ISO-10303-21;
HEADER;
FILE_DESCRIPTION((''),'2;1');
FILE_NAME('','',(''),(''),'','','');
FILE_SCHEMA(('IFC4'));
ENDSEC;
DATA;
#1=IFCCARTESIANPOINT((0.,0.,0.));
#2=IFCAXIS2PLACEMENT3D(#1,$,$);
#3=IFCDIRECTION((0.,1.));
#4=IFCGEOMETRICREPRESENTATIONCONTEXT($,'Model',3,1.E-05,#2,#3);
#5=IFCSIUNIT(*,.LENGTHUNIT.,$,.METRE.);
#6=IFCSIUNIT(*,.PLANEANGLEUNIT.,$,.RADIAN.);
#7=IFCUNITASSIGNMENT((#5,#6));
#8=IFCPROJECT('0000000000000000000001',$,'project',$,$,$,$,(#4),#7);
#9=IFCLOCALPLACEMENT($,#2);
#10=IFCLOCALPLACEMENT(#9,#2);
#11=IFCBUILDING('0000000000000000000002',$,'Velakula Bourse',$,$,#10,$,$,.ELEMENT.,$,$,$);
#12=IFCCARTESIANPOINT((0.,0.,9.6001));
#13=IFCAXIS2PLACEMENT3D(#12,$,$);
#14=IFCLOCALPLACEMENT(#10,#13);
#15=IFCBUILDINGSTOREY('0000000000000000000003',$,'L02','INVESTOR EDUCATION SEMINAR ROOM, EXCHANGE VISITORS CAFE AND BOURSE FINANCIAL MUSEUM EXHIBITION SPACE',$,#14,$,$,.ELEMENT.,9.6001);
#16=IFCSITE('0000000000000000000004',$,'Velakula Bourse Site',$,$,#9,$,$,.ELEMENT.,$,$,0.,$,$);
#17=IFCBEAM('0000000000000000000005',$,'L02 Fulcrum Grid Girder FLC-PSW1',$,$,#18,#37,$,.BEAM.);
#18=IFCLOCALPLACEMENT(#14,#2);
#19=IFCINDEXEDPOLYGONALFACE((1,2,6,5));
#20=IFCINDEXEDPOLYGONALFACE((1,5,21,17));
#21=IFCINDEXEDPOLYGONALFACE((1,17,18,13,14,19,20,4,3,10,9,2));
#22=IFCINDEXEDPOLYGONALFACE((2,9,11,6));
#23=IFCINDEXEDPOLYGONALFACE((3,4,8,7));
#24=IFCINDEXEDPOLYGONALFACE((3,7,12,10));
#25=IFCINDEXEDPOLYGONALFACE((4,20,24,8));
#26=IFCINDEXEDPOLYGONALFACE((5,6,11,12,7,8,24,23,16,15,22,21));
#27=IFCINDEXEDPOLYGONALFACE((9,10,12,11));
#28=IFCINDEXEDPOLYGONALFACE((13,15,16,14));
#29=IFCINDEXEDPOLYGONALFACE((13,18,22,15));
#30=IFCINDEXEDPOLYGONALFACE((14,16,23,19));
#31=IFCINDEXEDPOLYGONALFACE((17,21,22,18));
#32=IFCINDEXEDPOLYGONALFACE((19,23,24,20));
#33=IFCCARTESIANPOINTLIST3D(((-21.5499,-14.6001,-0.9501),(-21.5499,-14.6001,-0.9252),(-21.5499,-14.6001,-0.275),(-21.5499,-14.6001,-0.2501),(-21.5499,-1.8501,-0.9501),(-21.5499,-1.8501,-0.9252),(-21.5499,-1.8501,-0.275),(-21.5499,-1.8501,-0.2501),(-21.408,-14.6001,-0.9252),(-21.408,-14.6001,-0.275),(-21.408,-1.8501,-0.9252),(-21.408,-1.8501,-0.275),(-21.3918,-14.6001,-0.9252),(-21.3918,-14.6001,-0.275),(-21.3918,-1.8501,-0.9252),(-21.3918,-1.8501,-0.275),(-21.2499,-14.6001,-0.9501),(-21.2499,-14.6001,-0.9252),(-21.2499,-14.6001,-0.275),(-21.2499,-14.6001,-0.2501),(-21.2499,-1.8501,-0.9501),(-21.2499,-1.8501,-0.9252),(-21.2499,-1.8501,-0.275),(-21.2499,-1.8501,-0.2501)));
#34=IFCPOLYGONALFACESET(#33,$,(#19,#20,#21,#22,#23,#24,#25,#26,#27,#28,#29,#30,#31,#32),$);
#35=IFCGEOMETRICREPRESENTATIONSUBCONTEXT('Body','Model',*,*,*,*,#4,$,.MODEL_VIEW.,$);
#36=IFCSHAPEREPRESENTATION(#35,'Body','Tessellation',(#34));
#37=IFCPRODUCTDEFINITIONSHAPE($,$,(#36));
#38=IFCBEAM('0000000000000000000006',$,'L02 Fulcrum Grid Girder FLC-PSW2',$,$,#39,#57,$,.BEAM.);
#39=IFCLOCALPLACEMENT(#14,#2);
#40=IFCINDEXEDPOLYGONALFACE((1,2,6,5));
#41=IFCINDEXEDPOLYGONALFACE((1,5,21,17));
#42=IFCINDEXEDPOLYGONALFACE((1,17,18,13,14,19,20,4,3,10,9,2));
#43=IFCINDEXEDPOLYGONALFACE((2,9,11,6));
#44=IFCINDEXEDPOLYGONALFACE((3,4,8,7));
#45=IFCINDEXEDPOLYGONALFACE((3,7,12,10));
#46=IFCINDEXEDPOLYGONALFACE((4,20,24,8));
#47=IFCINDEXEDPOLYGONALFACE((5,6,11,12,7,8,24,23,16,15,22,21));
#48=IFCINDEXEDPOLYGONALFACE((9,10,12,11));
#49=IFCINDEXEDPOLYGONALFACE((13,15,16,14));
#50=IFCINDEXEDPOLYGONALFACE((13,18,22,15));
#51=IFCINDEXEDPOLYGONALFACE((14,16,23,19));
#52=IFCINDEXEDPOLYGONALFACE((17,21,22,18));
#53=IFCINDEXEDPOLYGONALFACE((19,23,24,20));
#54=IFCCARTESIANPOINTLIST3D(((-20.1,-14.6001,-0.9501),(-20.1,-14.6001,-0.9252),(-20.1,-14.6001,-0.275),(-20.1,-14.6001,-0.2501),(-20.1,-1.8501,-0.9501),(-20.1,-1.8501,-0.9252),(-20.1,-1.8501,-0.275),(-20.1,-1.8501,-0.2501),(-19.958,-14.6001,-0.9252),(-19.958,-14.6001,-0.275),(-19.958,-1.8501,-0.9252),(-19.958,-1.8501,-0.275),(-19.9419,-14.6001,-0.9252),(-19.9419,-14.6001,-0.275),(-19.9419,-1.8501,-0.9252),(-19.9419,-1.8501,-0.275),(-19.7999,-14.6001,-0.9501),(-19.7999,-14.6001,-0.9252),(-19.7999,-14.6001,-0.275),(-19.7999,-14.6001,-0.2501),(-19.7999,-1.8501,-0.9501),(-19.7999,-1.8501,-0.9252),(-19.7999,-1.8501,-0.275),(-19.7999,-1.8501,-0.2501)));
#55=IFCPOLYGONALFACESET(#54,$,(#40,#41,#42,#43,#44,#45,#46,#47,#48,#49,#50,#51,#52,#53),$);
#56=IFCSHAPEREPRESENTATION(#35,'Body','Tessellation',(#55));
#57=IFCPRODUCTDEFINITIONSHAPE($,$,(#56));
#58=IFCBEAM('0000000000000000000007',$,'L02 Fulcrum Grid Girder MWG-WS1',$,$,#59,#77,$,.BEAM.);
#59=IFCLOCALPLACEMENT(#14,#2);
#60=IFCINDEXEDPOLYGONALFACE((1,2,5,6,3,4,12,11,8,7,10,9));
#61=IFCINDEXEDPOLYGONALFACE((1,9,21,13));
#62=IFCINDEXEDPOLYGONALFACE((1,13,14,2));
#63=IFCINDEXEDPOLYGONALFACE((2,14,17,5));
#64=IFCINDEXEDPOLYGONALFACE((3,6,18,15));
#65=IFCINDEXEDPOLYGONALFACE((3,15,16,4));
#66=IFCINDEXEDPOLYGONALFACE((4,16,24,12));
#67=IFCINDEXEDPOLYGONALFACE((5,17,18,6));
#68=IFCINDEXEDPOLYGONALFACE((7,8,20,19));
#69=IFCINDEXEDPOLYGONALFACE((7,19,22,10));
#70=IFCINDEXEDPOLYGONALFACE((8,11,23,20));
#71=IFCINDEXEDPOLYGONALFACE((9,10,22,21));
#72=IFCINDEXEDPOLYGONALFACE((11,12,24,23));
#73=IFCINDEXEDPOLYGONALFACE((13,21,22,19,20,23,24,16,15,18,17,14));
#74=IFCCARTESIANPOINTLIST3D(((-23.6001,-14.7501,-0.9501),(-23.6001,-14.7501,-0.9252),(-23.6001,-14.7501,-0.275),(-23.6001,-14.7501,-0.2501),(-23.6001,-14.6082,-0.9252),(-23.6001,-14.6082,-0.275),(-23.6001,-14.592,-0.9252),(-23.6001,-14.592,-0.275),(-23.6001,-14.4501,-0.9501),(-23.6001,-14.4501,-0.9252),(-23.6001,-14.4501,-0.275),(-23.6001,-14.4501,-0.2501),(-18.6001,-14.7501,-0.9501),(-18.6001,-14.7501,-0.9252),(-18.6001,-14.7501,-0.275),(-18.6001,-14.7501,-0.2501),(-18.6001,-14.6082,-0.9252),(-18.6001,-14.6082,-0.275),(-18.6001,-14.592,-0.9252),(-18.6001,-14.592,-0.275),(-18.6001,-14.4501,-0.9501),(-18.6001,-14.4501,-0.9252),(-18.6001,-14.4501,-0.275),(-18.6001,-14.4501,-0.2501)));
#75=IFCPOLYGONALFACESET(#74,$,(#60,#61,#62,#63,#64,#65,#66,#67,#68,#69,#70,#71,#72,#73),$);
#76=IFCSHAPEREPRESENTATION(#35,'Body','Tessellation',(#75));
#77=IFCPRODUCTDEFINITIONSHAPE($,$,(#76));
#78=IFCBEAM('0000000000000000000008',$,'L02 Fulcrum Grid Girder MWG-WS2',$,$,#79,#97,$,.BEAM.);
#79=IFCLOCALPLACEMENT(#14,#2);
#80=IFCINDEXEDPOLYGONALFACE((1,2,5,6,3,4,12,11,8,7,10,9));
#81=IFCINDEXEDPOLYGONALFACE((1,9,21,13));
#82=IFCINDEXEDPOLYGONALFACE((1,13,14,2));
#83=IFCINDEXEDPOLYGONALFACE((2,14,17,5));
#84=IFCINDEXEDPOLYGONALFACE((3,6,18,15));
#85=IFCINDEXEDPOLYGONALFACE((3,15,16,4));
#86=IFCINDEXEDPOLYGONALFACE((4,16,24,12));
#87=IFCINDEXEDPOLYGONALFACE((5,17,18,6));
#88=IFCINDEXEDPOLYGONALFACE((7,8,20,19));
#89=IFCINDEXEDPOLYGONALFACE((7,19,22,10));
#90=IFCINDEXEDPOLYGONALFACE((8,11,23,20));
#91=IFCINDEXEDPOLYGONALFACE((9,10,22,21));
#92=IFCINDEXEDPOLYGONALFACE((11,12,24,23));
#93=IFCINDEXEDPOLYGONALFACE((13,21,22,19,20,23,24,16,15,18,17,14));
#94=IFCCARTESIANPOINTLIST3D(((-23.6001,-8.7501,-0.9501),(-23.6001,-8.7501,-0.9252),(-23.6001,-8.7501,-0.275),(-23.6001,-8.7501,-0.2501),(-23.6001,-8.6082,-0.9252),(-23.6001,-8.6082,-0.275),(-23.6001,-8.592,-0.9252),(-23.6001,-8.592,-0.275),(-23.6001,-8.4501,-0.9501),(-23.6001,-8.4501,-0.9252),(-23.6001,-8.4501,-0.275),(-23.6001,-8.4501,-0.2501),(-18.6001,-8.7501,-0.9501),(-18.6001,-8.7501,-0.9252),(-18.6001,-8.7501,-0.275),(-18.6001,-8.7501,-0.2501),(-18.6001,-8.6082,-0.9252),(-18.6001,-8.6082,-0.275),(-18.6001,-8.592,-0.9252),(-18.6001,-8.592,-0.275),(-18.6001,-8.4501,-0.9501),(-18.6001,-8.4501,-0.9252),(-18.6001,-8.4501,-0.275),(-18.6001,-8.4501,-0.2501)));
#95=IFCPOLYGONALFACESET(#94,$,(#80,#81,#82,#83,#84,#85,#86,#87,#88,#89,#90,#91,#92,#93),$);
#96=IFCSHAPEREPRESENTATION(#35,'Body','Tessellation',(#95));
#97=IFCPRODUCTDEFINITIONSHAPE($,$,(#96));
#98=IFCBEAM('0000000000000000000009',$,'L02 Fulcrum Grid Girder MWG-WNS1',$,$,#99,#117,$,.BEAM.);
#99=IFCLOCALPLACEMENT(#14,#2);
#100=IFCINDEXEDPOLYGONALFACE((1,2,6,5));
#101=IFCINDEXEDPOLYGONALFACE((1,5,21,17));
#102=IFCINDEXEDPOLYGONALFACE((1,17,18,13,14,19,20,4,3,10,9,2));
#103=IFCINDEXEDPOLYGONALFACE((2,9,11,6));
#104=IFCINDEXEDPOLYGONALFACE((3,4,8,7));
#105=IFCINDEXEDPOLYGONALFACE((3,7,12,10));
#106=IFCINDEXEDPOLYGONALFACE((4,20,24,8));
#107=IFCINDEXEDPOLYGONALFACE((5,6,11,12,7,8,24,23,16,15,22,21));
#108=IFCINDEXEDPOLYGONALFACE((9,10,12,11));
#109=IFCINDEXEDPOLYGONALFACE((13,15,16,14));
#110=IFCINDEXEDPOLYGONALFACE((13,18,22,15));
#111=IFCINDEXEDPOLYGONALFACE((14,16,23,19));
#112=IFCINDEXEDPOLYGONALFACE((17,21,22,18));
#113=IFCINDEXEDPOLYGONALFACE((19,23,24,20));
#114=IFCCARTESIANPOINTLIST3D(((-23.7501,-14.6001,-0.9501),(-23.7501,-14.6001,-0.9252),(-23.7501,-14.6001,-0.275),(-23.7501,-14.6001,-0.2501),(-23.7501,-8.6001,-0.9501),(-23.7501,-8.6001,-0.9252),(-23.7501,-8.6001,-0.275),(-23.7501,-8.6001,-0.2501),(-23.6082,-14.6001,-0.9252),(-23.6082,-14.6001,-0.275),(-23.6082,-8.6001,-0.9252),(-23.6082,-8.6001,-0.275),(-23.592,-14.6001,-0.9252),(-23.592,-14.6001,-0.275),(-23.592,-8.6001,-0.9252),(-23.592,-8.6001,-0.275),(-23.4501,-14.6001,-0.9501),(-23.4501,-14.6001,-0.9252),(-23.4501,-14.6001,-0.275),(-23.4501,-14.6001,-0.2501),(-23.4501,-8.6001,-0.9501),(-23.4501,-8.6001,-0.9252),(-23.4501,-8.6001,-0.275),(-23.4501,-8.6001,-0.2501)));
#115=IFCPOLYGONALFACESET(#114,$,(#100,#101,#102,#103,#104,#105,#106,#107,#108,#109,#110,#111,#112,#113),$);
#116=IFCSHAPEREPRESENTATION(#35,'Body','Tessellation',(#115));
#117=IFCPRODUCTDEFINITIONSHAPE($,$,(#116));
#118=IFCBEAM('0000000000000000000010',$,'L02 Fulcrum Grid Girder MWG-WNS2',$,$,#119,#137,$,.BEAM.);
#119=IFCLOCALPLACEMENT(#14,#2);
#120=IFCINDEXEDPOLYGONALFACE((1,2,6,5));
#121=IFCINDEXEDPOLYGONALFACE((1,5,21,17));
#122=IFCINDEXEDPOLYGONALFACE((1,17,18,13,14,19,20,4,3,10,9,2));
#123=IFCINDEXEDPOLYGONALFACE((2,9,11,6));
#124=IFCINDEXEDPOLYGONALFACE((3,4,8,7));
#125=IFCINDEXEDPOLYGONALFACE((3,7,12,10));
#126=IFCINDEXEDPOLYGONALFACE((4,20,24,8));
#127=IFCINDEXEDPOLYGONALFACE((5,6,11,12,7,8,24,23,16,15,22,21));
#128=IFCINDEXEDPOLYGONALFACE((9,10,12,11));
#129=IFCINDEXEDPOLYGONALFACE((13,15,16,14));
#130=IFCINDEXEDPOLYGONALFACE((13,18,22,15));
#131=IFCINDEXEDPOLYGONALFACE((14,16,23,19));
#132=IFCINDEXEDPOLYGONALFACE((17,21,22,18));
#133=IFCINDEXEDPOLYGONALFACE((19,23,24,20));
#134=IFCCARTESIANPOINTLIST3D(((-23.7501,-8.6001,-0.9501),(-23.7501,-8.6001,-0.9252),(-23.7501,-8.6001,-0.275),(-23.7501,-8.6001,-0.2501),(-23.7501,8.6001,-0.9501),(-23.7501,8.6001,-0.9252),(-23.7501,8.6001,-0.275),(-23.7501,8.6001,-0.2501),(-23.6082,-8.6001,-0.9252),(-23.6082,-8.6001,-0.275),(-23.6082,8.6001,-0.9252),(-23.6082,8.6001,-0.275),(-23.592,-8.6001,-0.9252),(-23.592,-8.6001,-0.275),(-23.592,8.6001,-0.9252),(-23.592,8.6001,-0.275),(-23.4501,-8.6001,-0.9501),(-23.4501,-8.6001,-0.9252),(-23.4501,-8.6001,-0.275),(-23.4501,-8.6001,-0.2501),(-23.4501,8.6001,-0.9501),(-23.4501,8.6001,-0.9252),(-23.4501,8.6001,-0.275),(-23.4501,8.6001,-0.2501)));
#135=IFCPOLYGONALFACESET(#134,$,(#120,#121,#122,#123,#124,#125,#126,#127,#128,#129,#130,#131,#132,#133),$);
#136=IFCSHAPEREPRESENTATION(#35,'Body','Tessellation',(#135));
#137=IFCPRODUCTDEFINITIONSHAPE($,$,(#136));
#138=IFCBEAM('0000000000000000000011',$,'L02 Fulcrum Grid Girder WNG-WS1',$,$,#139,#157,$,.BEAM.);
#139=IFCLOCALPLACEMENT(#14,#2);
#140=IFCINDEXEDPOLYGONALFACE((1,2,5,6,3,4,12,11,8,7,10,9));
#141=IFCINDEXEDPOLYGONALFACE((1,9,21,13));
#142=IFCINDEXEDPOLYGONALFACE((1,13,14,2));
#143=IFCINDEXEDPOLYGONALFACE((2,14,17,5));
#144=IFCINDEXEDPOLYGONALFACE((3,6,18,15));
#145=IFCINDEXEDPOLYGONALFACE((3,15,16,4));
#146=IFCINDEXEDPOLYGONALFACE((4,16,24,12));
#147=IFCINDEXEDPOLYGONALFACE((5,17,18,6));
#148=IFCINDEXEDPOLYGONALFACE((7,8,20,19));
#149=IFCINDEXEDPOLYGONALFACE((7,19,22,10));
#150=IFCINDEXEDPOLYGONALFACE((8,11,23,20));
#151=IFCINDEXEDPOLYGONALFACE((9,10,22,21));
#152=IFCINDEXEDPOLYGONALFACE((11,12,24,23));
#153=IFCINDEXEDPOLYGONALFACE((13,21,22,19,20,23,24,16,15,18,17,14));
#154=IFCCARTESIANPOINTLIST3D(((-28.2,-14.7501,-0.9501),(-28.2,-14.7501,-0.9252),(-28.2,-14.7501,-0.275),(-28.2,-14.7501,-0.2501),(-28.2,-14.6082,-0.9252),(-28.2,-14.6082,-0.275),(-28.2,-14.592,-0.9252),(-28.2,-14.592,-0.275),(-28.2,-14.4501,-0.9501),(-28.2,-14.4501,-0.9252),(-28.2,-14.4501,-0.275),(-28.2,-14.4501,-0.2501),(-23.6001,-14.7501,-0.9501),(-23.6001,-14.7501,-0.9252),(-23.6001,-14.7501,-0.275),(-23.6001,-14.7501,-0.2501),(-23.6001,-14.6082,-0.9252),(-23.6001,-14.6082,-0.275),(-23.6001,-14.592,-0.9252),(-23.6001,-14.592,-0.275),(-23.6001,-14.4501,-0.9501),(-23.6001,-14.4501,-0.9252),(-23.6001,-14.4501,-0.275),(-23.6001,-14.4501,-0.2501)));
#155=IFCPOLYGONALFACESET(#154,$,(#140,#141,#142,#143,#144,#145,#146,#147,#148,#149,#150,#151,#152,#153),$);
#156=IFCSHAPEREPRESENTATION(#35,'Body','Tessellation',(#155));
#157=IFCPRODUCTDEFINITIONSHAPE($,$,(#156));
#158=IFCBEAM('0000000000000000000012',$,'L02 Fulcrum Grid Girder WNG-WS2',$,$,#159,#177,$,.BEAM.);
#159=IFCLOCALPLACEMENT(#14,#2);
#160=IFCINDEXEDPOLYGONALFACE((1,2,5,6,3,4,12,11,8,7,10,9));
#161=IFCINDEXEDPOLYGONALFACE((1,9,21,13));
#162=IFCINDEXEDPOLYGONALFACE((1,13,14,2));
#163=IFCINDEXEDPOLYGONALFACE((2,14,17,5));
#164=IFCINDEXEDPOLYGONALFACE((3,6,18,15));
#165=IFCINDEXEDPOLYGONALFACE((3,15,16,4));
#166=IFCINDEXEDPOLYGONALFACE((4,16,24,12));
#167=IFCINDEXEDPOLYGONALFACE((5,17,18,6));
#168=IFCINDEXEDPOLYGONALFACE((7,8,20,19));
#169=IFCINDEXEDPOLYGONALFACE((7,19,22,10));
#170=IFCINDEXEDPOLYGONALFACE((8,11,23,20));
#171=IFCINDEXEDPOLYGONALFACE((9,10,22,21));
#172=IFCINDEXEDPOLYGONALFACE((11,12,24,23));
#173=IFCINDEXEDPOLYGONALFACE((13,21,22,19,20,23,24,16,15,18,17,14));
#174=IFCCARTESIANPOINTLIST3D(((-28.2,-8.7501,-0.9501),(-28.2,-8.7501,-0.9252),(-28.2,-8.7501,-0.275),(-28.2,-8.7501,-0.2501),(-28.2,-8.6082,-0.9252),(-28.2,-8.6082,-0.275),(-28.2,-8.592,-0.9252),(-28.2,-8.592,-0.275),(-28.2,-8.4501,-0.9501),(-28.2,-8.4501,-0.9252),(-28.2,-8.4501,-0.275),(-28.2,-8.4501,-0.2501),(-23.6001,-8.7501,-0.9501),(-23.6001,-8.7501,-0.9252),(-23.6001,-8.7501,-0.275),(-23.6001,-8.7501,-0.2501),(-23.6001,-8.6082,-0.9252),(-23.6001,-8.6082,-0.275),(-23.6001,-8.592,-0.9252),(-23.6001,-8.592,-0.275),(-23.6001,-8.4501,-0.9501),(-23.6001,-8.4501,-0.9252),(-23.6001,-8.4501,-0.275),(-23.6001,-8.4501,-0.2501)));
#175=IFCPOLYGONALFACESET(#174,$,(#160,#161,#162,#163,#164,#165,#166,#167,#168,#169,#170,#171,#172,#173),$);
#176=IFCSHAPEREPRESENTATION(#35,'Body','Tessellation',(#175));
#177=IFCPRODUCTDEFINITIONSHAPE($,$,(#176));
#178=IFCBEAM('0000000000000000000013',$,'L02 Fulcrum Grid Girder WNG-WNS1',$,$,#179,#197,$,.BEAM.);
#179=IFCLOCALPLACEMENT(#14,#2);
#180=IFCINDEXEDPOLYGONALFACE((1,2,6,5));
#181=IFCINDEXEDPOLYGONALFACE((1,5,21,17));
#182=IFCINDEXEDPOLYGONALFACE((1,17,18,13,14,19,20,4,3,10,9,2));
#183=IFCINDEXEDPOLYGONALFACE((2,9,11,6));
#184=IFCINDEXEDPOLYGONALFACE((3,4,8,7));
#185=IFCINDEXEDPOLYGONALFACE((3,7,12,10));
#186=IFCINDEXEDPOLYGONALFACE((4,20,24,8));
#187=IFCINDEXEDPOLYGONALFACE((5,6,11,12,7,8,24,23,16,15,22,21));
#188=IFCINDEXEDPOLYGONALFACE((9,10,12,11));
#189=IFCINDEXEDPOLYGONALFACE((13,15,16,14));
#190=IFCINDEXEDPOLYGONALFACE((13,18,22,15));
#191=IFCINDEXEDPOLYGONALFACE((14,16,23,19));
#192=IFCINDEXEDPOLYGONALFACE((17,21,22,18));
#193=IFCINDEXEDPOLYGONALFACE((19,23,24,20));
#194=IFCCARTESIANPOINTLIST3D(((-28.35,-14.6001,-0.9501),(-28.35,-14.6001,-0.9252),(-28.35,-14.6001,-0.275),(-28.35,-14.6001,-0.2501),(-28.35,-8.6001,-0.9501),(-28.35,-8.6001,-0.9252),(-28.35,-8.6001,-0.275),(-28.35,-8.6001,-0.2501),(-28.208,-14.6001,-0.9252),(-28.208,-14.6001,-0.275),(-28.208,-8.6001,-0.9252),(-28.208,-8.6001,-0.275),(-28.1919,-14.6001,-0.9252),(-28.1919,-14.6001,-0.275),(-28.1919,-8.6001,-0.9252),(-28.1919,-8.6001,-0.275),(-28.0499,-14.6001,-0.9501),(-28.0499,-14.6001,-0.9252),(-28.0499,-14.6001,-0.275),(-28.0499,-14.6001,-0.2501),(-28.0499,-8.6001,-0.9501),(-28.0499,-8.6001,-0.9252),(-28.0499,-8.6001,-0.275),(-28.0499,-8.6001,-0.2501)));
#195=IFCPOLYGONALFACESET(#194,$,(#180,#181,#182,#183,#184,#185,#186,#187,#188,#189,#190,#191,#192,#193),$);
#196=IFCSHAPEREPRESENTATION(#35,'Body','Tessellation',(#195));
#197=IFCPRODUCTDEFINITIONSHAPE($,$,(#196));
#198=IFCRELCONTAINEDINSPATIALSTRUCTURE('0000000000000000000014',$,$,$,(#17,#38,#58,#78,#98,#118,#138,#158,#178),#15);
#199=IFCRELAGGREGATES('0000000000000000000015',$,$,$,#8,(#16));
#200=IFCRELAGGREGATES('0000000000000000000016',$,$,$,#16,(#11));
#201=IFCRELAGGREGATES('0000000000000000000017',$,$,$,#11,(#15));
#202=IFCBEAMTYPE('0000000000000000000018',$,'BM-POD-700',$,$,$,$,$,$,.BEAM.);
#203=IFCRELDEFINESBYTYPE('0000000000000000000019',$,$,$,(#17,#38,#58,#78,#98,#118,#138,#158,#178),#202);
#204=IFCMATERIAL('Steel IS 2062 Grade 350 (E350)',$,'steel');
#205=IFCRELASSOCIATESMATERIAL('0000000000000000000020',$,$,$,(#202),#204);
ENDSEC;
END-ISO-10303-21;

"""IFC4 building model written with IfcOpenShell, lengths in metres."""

from ifc_helpers import new_model, si_unit, direction, frame, origin, origin_2d, place, context, subcontext, project, spatial, i_section, extrude, material, material_profile, profile_set, type_object, element, save


model = new_model("IFC4")

# Units and contexts
model_context = context("Model", 3, precision=1e-05, world=origin(), true_north=direction((0.0, 1.0)))
body_context = subcontext(model_context, "Body", "Model", "MODEL_VIEW")
ifc_project = project(units=[si_unit("LENGTHUNIT", "METRE"), si_unit("PLANEANGLEUNIT", "RADIAN")], contexts=[model_context])

# Site, building, storey
site_placement = place(None, origin())
site = spatial("IfcSite", under=ifc_project, at=site_placement, Name="Velakula Bourse Site", CompositionType="ELEMENT", RefElevation=0.0)
building_placement = place(site_placement, origin())
building = spatial("IfcBuilding", under=site, at=building_placement, Name="Velakula Bourse", CompositionType="ELEMENT")
storey_placement = place(building_placement, frame((0.0, 0.0, 9.6001)))
storey = spatial("IfcBuildingStorey", under=building, at=storey_placement, Name="L02", Description="INVESTOR EDUCATION SEMINAR ROOM, EXCHANGE VISITORS CAFE AND BOURSE FINANCIAL MUSEUM EXHIBITION SPACE", CompositionType="ELEMENT", Elevation=9.6001)

# Beams
ifc_material_1 = material(Name="Steel IS 2062 Grade 350 (E350)", Category="steel")
ifc_material_profile_1 = material_profile(ifc_material_1, i_section(OverallWidth=0.3, OverallDepth=0.7, WebThickness=0.0161, FlangeThickness=0.0249, at=origin_2d()), Name="Steel IS 2062 Grade 350 (E350)")
ifc_profile_set_1 = profile_set([ifc_material_profile_1], Name="Steel IS 2062 Grade 350 (E350)")
beam_type_1 = type_object("IfcBeamType", Name="BM-POD-700", PredefinedType="BEAM", material=ifc_profile_set_1)
for number, where, z_axis, x_axis, name in (
    (1, (-21.3999, -14.6001, -0.6001), (0.0, 1.0, 0.0), (-1.0, 0.0, 0.0), "L02 Fulcrum Grid Girder FLC-PSW1"),
    (2, (-19.95, -14.6001, -0.6001), (0.0, 1.0, 0.0), (-1.0, 0.0, 0.0), "L02 Fulcrum Grid Girder FLC-PSW2"),
):
    element("IfcBeam", number, at=place(storey_placement, frame(where, z_axis=z_axis, x_axis=x_axis)), inside=storey, type_object=beam_type_1, Name=name, PredefinedType="BEAM", context=body_context, shape_type="SweptSolid", body=[
        extrude(i_section(OverallWidth=0.3, OverallDepth=0.7, WebThickness=0.0161, FlangeThickness=0.0249, at=origin_2d()), origin(), (0.0, 0.0, 1.0), 12.75),
    ])
for number, where, z_axis, x_axis, name in (
    (3, (-23.6001, -14.6001, -0.6001), (1.0, 0.0, 0.0), (0.0, 1.0, 0.0), "L02 Fulcrum Grid Girder MWG-WS1"),
    (4, (-23.6001, -8.6001, -0.6001), (1.0, 0.0, 0.0), (0.0, 1.0, 0.0), "L02 Fulcrum Grid Girder MWG-WS2"),
):
    element("IfcBeam", number, at=place(storey_placement, frame(where, z_axis=z_axis, x_axis=x_axis)), inside=storey, type_object=beam_type_1, Name=name, PredefinedType="BEAM", context=body_context, shape_type="SweptSolid", body=[
        extrude(i_section(OverallWidth=0.3, OverallDepth=0.7, WebThickness=0.0161, FlangeThickness=0.0249, at=origin_2d()), origin(), (0.0, 0.0, 1.0), 5.0),
    ])
beam_1_placement = place(storey_placement, frame((-23.6001, -14.6001, -0.6001), z_axis=(0.0, 1.0, 0.0), x_axis=(-1.0, 0.0, 0.0)))
element("IfcBeam", 5, at=beam_1_placement, inside=storey, type_object=beam_type_1, Name="L02 Fulcrum Grid Girder MWG-WNS1", PredefinedType="BEAM", context=body_context, shape_type="SweptSolid", body=[
    extrude(i_section(OverallWidth=0.3, OverallDepth=0.7, WebThickness=0.0161, FlangeThickness=0.0249, at=origin_2d()), origin(), (0.0, 0.0, 1.0), 6.0),
])
beam_2_placement = place(storey_placement, frame((-23.6001, -8.6001, -0.6001), z_axis=(0.0, 1.0, 0.0), x_axis=(-1.0, 0.0, 0.0)))
element("IfcBeam", 6, at=beam_2_placement, inside=storey, type_object=beam_type_1, Name="L02 Fulcrum Grid Girder MWG-WNS2", PredefinedType="BEAM", context=body_context, shape_type="SweptSolid", body=[
    extrude(i_section(OverallWidth=0.3, OverallDepth=0.7, WebThickness=0.0161, FlangeThickness=0.0249, at=origin_2d()), origin(), (0.0, 0.0, 1.0), 17.2002),
])
for number, where, z_axis, x_axis, name in (
    (7, (-28.2, -14.6001, -0.6001), (1.0, 0.0, 0.0), (0.0, 1.0, 0.0), "L02 Fulcrum Grid Girder WNG-WS1"),
    (8, (-28.2, -8.6001, -0.6001), (1.0, 0.0, 0.0), (0.0, 1.0, 0.0), "L02 Fulcrum Grid Girder WNG-WS2"),
):
    element("IfcBeam", number, at=place(storey_placement, frame(where, z_axis=z_axis, x_axis=x_axis)), inside=storey, type_object=beam_type_1, Name=name, PredefinedType="BEAM", context=body_context, shape_type="SweptSolid", body=[
        extrude(i_section(OverallWidth=0.3, OverallDepth=0.7, WebThickness=0.0161, FlangeThickness=0.0249, at=origin_2d()), origin(), (0.0, 0.0, 1.0), 4.5999),
    ])
beam_3_placement = place(storey_placement, frame((-28.2, -14.6001, -0.6001), z_axis=(0.0, 1.0, 0.0), x_axis=(-1.0, 0.0, 0.0)))
element("IfcBeam", 9, at=beam_3_placement, inside=storey, type_object=beam_type_1, Name="L02 Fulcrum Grid Girder WNG-WNS1", PredefinedType="BEAM", context=body_context, shape_type="SweptSolid", body=[
    extrude(i_section(OverallWidth=0.3, OverallDepth=0.7, WebThickness=0.0161, FlangeThickness=0.0249, at=origin_2d()), origin(), (0.0, 0.0, 1.0), 6.0),
])

save(model, "model.ifc")
